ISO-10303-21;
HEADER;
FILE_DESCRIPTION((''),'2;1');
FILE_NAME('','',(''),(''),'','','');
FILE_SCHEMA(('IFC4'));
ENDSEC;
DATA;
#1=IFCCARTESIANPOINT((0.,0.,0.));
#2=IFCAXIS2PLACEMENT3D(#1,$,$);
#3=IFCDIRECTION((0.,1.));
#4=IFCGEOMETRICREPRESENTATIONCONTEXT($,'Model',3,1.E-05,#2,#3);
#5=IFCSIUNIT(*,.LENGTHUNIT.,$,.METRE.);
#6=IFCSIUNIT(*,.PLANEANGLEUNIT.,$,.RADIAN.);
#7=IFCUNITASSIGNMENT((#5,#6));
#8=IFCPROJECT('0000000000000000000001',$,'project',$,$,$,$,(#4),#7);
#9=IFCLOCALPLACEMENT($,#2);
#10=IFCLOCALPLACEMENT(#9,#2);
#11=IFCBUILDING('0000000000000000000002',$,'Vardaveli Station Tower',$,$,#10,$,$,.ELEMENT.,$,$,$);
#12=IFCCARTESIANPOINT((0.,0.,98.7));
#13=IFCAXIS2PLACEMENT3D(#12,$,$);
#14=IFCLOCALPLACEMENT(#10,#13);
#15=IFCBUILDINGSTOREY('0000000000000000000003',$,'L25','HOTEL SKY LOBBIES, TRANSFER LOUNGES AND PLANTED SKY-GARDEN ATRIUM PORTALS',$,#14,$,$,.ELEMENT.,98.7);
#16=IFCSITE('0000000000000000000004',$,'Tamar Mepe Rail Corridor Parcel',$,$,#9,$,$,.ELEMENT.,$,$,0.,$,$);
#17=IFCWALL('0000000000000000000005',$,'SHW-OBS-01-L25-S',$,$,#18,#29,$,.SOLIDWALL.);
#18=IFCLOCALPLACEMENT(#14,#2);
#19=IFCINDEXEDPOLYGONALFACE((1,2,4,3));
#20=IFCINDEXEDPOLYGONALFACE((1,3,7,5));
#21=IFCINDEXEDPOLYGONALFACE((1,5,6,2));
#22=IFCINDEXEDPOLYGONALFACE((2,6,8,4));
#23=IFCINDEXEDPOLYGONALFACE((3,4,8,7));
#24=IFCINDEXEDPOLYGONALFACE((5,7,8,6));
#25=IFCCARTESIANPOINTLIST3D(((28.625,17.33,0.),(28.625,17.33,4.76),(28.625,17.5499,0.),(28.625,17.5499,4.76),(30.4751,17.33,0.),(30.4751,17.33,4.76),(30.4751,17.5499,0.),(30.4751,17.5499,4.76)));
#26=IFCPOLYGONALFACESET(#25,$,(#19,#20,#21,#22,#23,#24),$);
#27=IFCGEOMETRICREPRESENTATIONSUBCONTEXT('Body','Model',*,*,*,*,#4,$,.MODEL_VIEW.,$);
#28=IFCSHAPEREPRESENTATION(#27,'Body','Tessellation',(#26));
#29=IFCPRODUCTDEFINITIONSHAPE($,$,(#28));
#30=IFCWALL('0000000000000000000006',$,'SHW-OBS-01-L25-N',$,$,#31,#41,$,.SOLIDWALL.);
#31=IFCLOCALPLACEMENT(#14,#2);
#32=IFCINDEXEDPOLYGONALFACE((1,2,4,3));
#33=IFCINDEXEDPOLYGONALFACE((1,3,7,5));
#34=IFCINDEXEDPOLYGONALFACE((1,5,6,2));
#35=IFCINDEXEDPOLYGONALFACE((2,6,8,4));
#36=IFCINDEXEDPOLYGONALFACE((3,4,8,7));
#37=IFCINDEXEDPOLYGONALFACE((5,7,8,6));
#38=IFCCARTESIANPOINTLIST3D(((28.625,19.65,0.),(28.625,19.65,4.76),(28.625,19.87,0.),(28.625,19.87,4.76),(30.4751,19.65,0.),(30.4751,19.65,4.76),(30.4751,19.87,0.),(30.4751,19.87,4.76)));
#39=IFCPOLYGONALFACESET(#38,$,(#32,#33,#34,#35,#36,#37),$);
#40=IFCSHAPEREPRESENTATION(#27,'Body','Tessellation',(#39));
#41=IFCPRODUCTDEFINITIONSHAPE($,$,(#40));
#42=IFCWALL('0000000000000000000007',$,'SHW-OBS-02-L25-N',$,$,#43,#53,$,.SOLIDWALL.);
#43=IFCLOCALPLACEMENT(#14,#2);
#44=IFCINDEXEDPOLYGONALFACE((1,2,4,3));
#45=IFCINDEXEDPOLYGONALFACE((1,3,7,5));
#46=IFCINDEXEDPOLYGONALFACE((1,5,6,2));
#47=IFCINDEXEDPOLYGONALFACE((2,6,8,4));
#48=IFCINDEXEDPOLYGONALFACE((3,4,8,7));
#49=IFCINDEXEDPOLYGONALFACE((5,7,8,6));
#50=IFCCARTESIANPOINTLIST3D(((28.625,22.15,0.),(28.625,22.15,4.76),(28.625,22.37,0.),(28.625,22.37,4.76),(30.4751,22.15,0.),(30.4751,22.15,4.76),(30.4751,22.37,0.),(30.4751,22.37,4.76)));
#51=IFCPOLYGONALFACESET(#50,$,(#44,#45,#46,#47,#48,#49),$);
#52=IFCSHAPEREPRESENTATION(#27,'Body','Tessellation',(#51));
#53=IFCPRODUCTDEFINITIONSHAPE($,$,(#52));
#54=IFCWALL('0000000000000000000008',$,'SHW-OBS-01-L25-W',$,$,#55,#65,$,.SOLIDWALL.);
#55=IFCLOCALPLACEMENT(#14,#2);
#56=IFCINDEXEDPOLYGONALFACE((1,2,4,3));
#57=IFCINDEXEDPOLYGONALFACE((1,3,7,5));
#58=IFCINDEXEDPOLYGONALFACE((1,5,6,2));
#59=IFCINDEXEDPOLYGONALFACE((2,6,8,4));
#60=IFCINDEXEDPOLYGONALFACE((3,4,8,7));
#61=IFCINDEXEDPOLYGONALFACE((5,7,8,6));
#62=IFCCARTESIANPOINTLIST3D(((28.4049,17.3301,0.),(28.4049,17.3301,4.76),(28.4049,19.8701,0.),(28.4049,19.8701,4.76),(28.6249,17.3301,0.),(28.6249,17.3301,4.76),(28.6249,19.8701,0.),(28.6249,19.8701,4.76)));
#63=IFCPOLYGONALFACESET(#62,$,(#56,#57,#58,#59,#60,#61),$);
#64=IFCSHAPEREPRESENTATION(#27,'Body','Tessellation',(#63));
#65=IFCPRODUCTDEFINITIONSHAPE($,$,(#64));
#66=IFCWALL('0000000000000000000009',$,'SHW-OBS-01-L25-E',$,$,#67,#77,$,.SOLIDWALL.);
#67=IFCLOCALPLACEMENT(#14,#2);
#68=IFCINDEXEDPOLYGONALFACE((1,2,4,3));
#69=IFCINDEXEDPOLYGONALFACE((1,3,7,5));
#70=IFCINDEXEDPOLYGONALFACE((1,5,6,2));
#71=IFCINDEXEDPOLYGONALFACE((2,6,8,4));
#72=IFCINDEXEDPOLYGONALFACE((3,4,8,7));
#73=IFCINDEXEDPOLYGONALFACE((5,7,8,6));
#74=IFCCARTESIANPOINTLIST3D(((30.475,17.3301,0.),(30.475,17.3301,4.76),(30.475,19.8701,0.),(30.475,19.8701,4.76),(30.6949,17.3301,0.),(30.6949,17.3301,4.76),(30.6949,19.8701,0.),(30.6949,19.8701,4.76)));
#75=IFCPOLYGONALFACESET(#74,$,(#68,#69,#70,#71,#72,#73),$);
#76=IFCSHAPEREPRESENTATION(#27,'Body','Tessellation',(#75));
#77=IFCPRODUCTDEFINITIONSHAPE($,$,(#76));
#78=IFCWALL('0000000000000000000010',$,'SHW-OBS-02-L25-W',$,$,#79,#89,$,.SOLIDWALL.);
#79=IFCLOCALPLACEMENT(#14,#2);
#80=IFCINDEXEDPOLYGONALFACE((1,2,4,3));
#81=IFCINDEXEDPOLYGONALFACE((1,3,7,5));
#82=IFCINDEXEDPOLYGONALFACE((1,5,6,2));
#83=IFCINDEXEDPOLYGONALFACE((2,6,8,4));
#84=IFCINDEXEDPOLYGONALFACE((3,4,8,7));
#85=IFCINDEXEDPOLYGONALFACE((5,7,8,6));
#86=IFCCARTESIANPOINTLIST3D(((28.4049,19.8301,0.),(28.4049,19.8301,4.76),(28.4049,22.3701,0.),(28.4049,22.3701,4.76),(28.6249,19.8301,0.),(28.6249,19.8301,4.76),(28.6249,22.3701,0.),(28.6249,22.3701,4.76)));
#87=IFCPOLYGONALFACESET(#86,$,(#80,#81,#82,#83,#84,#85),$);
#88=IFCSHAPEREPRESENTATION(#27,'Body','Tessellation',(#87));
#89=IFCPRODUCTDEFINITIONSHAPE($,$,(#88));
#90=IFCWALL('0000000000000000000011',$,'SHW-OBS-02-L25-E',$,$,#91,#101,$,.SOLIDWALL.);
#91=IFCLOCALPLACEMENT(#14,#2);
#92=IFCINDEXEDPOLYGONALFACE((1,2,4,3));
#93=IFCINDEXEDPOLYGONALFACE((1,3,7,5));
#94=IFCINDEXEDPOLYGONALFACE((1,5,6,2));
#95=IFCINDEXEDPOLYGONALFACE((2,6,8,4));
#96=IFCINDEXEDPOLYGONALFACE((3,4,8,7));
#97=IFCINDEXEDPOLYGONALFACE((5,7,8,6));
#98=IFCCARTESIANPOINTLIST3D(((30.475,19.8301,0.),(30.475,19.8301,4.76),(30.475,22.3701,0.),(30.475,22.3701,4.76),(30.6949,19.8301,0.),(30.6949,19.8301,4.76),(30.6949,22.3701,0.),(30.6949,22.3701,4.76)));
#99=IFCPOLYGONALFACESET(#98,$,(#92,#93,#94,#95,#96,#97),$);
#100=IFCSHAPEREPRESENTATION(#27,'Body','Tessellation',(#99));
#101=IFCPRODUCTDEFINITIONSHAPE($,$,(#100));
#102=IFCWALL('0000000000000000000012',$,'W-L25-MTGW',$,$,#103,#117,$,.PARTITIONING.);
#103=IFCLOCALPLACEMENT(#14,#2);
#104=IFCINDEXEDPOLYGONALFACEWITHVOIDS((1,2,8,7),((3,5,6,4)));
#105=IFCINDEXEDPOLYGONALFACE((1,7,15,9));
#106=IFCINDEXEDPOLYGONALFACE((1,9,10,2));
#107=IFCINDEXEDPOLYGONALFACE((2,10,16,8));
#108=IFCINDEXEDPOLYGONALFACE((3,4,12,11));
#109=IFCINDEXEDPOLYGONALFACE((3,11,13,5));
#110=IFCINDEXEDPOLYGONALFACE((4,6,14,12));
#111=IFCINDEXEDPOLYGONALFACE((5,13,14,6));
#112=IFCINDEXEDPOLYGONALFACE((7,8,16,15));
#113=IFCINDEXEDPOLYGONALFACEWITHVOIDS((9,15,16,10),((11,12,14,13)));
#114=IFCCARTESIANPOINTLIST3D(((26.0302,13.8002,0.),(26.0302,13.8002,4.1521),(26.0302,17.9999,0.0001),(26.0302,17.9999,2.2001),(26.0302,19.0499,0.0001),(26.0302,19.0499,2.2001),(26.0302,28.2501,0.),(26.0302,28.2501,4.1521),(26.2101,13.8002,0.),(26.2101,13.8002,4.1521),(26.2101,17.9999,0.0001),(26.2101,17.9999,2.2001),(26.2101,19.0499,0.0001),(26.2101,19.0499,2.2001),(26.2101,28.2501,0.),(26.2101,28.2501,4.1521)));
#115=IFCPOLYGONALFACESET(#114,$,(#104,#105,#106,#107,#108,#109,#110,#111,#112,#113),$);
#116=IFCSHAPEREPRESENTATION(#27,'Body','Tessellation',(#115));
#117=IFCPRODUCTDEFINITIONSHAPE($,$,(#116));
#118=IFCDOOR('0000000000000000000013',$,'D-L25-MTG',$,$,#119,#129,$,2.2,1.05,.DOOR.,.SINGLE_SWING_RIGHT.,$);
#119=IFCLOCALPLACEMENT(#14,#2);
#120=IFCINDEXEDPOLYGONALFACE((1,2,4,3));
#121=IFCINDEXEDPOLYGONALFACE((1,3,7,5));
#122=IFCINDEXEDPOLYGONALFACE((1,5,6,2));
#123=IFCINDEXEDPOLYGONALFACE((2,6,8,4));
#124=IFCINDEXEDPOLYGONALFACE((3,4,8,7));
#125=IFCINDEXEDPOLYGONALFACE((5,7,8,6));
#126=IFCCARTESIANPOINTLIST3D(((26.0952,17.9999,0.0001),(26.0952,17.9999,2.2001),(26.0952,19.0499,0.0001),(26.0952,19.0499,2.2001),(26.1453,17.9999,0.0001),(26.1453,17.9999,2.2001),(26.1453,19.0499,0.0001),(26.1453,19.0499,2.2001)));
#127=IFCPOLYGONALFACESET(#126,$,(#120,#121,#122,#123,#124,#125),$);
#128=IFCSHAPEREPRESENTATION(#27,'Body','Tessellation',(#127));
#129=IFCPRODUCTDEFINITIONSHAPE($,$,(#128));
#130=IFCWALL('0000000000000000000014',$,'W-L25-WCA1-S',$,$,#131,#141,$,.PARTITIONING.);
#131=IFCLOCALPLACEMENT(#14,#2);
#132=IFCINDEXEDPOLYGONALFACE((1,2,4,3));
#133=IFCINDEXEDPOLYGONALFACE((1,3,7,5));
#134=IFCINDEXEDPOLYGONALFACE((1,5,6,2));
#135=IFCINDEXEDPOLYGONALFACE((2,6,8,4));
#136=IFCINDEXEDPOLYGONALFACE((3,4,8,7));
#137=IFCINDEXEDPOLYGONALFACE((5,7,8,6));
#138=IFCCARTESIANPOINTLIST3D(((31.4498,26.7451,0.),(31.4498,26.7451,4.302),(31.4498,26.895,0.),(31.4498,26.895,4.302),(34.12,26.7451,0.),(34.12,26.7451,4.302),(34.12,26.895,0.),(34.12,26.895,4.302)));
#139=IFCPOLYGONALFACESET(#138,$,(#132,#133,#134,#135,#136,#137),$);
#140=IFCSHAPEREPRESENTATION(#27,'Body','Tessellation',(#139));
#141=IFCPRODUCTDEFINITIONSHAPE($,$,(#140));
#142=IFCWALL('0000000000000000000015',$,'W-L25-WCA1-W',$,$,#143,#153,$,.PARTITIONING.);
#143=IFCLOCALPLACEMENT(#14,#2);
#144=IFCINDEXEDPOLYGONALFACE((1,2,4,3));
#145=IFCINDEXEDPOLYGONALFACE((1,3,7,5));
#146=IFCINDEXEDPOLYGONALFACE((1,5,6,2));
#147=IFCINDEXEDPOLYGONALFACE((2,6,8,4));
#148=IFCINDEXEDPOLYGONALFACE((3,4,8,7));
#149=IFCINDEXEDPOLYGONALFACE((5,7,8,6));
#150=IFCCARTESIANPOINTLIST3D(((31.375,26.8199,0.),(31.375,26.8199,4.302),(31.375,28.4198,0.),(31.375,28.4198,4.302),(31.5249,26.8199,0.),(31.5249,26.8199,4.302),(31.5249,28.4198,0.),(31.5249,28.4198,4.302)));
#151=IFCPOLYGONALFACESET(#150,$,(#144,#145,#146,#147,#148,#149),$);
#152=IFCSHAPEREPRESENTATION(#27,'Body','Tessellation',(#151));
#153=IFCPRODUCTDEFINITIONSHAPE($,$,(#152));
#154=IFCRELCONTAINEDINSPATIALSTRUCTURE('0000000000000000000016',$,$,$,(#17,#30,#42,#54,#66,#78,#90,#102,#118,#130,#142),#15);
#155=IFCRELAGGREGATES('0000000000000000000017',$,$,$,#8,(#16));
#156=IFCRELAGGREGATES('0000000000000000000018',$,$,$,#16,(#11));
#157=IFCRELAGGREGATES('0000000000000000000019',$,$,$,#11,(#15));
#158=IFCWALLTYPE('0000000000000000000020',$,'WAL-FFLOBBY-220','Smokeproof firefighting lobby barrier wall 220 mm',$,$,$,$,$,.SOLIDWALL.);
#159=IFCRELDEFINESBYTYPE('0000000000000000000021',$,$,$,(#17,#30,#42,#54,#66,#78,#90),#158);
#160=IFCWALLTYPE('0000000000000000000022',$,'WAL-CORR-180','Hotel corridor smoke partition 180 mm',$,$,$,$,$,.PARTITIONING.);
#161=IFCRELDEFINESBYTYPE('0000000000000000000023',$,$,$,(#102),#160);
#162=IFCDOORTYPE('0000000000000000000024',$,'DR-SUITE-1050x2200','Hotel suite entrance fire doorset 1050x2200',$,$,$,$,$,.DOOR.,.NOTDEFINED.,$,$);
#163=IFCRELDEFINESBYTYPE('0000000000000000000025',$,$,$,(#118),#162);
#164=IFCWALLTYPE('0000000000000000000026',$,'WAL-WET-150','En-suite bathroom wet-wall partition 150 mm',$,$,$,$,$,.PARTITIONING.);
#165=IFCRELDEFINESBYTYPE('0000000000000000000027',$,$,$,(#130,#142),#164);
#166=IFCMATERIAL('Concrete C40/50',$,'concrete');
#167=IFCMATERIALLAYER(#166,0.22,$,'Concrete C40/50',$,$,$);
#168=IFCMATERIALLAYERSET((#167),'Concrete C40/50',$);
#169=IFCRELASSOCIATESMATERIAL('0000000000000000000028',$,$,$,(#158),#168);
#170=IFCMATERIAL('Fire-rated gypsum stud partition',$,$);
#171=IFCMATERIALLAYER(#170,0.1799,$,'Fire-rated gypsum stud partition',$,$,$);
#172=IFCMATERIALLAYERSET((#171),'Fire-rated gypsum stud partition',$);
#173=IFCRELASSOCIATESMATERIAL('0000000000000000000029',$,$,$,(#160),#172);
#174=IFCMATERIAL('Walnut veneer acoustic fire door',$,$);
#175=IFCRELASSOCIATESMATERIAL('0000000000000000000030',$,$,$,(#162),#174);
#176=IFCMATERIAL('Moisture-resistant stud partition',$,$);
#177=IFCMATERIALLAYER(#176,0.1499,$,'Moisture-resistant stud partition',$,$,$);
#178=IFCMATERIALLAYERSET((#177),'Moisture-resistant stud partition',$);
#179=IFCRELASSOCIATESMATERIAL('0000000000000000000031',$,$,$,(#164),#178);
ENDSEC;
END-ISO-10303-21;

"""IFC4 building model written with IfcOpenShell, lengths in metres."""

from ifc_helpers import new_model, si_unit, direction, frame, frame_2d, origin, place, context, subcontext, project, spatial, rectangle, extrude, source, transform, mapped, material, layer, layer_set, type_object, element, fill, save


model = new_model("IFC4")

# Units and contexts
model_context = context("Model", 3, precision=1e-05, world=origin(), true_north=direction((0.0, 1.0)))
body_context = subcontext(model_context, "Body", "Model", "MODEL_VIEW")
ifc_project = project(units=[si_unit("LENGTHUNIT", "METRE"), si_unit("PLANEANGLEUNIT", "RADIAN")], contexts=[model_context])

# Site, building, storey
site_placement = place(None, origin())
site = spatial("IfcSite", under=ifc_project, at=site_placement, Name="Tamar Mepe Rail Corridor Parcel", CompositionType="ELEMENT", RefElevation=0.0)
building_placement = place(site_placement, origin())
building = spatial("IfcBuilding", under=site, at=building_placement, Name="Vardaveli Station Tower", CompositionType="ELEMENT")
storey_placement = place(building_placement, frame((0.0, 0.0, 98.7)))
storey = spatial("IfcBuildingStorey", under=building, at=storey_placement, Name="L25", Description="HOTEL SKY LOBBIES, TRANSFER LOUNGES AND PLANTED SKY-GARDEN ATRIUM PORTALS", CompositionType="ELEMENT", Elevation=98.7)

# Walls
ifc_material_1 = material(Name="Concrete C40/50", Category="concrete")
ifc_layer_1 = layer(ifc_material_1, 0.22, Name="Concrete C40/50")
ifc_layer_set_1 = layer_set([ifc_layer_1], Name="Concrete C40/50")
wall_type_1 = type_object("IfcWallType", Name="WAL-FFLOBBY-220", Description="Smokeproof firefighting lobby barrier wall 220 mm", PredefinedType="SOLIDWALL", material=ifc_layer_set_1)
shared_shape_1 = source(origin(), body_context, "Body", "SweptSolid", [
    extrude(rectangle(XDim=1.8501, YDim=0.22, at=frame_2d((0.925, 0.0))), origin(), (0.0, 0.0, 1.0), 4.76),
])
for number, where, z_axis, x_axis, name in (
    (1, (28.625, 17.4399, 0.0), (0.0, 0.0, 1.0), (1.0, 0.0, 0.0), "SHW-OBS-01-L25-S"),
    (2, (28.625, 19.76, 0.0), (0.0, 0.0, 1.0), (1.0, 0.0, 0.0), "SHW-OBS-01-L25-N"),
    (3, (28.625, 22.26, 0.0), (0.0, 0.0, 1.0), (1.0, 0.0, 0.0), "SHW-OBS-02-L25-N"),
):
    element("IfcWall", number, at=place(storey_placement, frame(where, z_axis=z_axis, x_axis=x_axis)), inside=storey, type_object=wall_type_1, Name=name, PredefinedType="SOLIDWALL", context=body_context, shape_type="MappedRepresentation", body=[
        mapped(shared_shape_1, transform((0.0, 0.0, 0.0), scale=1.0)),
    ])
shared_shape_2 = source(origin(), body_context, "Body", "SweptSolid", [
    extrude(rectangle(XDim=2.54, YDim=0.22, at=frame_2d((1.27, 0.0))), origin(), (0.0, 0.0, 1.0), 4.76),
])
for number, where, z_axis, x_axis, name in (
    (4, (28.5149, 17.3301, 0.0), (0.0, 0.0, 1.0), (0.0, 1.0, 0.0), "SHW-OBS-01-L25-W"),
    (5, (30.585, 17.3301, 0.0), (0.0, 0.0, 1.0), (0.0, 1.0, 0.0), "SHW-OBS-01-L25-E"),
    (6, (28.5149, 19.8301, 0.0), (0.0, 0.0, 1.0), (0.0, 1.0, 0.0), "SHW-OBS-02-L25-W"),
    (7, (30.585, 19.8301, 0.0), (0.0, 0.0, 1.0), (0.0, 1.0, 0.0), "SHW-OBS-02-L25-E"),
):
    element("IfcWall", number, at=place(storey_placement, frame(where, z_axis=z_axis, x_axis=x_axis)), inside=storey, type_object=wall_type_1, Name=name, PredefinedType="SOLIDWALL", context=body_context, shape_type="MappedRepresentation", body=[
        mapped(shared_shape_2, transform((0.0, 0.0, 0.0), scale=1.0)),
    ])

# Wall, opening, door
ifc_material_2 = material(Name="Fire-rated gypsum stud partition")
ifc_layer_2 = layer(ifc_material_2, 0.1799, Name="Fire-rated gypsum stud partition")
ifc_layer_set_2 = layer_set([ifc_layer_2], Name="Fire-rated gypsum stud partition")
wall_type_2 = type_object("IfcWallType", Name="WAL-CORR-180", Description="Hotel corridor smoke partition 180 mm", PredefinedType="PARTITIONING", material=ifc_layer_set_2)
shared_shape_3 = source(origin(), body_context, "Body", "SweptSolid", [
    extrude(rectangle(XDim=14.45, YDim=0.1799, at=frame_2d((7.2251, 0.0))), origin(), (0.0, 0.0, 1.0), 4.1521),
])
wall_1_placement = place(storey_placement, frame((26.1201, 13.8, 0.0), z_axis=(0.0, 0.0, 1.0), x_axis=(0.0, 1.0, 0.0)))
wall_1 = element("IfcWall", 8, at=wall_1_placement, inside=storey, type_object=wall_type_2, Name="W-L25-MTGW", PredefinedType="PARTITIONING", context=body_context, shape_type="MappedRepresentation", body=[
    mapped(shared_shape_3, transform((0.0, 0.0, 0.0), scale=1.0)),
])
shared_shape_4 = source(origin(), body_context, "Body", "SweptSolid", [
    extrude(rectangle(XDim=1.05, YDim=2.2, at=frame_2d((0.5249, 1.1001))), frame((0.0, 0.1001, 0.0), z_axis=(0.0, -1.0, 0.0), x_axis=(1.0, 0.0, 0.0)), (0.0, 0.0, 1.0), 0.2),
])
opening_placement = place(wall_1_placement, frame((4.2, 0.0, 0.0)))
opening = element("IfcOpeningElement", 9, at=opening_placement, cuts=wall_1, PredefinedType="OPENING", context=body_context, shape_type="MappedRepresentation", body=[
    mapped(shared_shape_4, transform((0.0, 0.0, 0.0), scale=1.0)),
])
ifc_material_3 = material(Name="Walnut veneer acoustic fire door")
door_type = type_object("IfcDoorType", Name="DR-SUITE-1050x2200", Description="Hotel suite entrance fire doorset 1050x2200", OperationType="NOTDEFINED", PredefinedType="DOOR", material=ifc_material_3)
shared_shape_5 = source(origin(), body_context, "Body", "SweptSolid", [
    extrude(rectangle(XDim=1.05, YDim=2.2, at=frame_2d((0.5249, 1.1001))), frame((0.0, 0.0249, 0.0), z_axis=(0.0, -1.0, 0.0), x_axis=(1.0, 0.0, 0.0)), (0.0, 0.0, 1.0), 0.05),
])
door_placement = place(opening_placement, origin())
door = element("IfcDoor", 10, at=door_placement, inside=storey, type_object=door_type, Name="D-L25-MTG", OperationType="SINGLE_SWING_RIGHT", OverallHeight=2.2, OverallWidth=1.05, PredefinedType="DOOR", context=body_context, shape_type="MappedRepresentation", body=[
    mapped(shared_shape_5, transform((0.0, 0.0, 0.0), scale=1.0)),
])
fill(opening, door)

# Walls
ifc_material_4 = material(Name="Moisture-resistant stud partition")
ifc_layer_3 = layer(ifc_material_4, 0.1499, Name="Moisture-resistant stud partition")
ifc_layer_set_3 = layer_set([ifc_layer_3], Name="Moisture-resistant stud partition")
wall_type_3 = type_object("IfcWallType", Name="WAL-WET-150", Description="En-suite bathroom wet-wall partition 150 mm", PredefinedType="PARTITIONING", material=ifc_layer_set_3)
shared_shape_6 = source(origin(), body_context, "Body", "SweptSolid", [
    extrude(rectangle(XDim=2.6702, YDim=0.1499, at=frame_2d((1.335, 0.0))), origin(), (0.0, 0.0, 1.0), 4.302),
])
wall_2_placement = place(storey_placement, frame((31.45, 26.8201, 0.0), z_axis=(0.0, 0.0, 1.0), x_axis=(1.0, 0.0, 0.0)))
element("IfcWall", 11, at=wall_2_placement, inside=storey, type_object=wall_type_3, Name="W-L25-WCA1-S", PredefinedType="PARTITIONING", context=body_context, shape_type="MappedRepresentation", body=[
    mapped(shared_shape_6, transform((0.0, 0.0, 0.0), scale=1.0)),
])
shared_shape_7 = source(origin(), body_context, "Body", "SweptSolid", [
    extrude(rectangle(XDim=1.5999, YDim=0.1499, at=frame_2d((0.7998, 0.0))), origin(), (0.0, 0.0, 1.0), 4.302),
])
wall_3_placement = place(storey_placement, frame((31.45, 26.8201, 0.0), z_axis=(0.0, 0.0, 1.0), x_axis=(0.0, 1.0, 0.0)))
element("IfcWall", 12, at=wall_3_placement, inside=storey, type_object=wall_type_3, Name="W-L25-WCA1-W", PredefinedType="PARTITIONING", context=body_context, shape_type="MappedRepresentation", body=[
    mapped(shared_shape_7, transform((0.0, 0.0, 0.0), scale=1.0)),
])

save(model, "model.ifc")
